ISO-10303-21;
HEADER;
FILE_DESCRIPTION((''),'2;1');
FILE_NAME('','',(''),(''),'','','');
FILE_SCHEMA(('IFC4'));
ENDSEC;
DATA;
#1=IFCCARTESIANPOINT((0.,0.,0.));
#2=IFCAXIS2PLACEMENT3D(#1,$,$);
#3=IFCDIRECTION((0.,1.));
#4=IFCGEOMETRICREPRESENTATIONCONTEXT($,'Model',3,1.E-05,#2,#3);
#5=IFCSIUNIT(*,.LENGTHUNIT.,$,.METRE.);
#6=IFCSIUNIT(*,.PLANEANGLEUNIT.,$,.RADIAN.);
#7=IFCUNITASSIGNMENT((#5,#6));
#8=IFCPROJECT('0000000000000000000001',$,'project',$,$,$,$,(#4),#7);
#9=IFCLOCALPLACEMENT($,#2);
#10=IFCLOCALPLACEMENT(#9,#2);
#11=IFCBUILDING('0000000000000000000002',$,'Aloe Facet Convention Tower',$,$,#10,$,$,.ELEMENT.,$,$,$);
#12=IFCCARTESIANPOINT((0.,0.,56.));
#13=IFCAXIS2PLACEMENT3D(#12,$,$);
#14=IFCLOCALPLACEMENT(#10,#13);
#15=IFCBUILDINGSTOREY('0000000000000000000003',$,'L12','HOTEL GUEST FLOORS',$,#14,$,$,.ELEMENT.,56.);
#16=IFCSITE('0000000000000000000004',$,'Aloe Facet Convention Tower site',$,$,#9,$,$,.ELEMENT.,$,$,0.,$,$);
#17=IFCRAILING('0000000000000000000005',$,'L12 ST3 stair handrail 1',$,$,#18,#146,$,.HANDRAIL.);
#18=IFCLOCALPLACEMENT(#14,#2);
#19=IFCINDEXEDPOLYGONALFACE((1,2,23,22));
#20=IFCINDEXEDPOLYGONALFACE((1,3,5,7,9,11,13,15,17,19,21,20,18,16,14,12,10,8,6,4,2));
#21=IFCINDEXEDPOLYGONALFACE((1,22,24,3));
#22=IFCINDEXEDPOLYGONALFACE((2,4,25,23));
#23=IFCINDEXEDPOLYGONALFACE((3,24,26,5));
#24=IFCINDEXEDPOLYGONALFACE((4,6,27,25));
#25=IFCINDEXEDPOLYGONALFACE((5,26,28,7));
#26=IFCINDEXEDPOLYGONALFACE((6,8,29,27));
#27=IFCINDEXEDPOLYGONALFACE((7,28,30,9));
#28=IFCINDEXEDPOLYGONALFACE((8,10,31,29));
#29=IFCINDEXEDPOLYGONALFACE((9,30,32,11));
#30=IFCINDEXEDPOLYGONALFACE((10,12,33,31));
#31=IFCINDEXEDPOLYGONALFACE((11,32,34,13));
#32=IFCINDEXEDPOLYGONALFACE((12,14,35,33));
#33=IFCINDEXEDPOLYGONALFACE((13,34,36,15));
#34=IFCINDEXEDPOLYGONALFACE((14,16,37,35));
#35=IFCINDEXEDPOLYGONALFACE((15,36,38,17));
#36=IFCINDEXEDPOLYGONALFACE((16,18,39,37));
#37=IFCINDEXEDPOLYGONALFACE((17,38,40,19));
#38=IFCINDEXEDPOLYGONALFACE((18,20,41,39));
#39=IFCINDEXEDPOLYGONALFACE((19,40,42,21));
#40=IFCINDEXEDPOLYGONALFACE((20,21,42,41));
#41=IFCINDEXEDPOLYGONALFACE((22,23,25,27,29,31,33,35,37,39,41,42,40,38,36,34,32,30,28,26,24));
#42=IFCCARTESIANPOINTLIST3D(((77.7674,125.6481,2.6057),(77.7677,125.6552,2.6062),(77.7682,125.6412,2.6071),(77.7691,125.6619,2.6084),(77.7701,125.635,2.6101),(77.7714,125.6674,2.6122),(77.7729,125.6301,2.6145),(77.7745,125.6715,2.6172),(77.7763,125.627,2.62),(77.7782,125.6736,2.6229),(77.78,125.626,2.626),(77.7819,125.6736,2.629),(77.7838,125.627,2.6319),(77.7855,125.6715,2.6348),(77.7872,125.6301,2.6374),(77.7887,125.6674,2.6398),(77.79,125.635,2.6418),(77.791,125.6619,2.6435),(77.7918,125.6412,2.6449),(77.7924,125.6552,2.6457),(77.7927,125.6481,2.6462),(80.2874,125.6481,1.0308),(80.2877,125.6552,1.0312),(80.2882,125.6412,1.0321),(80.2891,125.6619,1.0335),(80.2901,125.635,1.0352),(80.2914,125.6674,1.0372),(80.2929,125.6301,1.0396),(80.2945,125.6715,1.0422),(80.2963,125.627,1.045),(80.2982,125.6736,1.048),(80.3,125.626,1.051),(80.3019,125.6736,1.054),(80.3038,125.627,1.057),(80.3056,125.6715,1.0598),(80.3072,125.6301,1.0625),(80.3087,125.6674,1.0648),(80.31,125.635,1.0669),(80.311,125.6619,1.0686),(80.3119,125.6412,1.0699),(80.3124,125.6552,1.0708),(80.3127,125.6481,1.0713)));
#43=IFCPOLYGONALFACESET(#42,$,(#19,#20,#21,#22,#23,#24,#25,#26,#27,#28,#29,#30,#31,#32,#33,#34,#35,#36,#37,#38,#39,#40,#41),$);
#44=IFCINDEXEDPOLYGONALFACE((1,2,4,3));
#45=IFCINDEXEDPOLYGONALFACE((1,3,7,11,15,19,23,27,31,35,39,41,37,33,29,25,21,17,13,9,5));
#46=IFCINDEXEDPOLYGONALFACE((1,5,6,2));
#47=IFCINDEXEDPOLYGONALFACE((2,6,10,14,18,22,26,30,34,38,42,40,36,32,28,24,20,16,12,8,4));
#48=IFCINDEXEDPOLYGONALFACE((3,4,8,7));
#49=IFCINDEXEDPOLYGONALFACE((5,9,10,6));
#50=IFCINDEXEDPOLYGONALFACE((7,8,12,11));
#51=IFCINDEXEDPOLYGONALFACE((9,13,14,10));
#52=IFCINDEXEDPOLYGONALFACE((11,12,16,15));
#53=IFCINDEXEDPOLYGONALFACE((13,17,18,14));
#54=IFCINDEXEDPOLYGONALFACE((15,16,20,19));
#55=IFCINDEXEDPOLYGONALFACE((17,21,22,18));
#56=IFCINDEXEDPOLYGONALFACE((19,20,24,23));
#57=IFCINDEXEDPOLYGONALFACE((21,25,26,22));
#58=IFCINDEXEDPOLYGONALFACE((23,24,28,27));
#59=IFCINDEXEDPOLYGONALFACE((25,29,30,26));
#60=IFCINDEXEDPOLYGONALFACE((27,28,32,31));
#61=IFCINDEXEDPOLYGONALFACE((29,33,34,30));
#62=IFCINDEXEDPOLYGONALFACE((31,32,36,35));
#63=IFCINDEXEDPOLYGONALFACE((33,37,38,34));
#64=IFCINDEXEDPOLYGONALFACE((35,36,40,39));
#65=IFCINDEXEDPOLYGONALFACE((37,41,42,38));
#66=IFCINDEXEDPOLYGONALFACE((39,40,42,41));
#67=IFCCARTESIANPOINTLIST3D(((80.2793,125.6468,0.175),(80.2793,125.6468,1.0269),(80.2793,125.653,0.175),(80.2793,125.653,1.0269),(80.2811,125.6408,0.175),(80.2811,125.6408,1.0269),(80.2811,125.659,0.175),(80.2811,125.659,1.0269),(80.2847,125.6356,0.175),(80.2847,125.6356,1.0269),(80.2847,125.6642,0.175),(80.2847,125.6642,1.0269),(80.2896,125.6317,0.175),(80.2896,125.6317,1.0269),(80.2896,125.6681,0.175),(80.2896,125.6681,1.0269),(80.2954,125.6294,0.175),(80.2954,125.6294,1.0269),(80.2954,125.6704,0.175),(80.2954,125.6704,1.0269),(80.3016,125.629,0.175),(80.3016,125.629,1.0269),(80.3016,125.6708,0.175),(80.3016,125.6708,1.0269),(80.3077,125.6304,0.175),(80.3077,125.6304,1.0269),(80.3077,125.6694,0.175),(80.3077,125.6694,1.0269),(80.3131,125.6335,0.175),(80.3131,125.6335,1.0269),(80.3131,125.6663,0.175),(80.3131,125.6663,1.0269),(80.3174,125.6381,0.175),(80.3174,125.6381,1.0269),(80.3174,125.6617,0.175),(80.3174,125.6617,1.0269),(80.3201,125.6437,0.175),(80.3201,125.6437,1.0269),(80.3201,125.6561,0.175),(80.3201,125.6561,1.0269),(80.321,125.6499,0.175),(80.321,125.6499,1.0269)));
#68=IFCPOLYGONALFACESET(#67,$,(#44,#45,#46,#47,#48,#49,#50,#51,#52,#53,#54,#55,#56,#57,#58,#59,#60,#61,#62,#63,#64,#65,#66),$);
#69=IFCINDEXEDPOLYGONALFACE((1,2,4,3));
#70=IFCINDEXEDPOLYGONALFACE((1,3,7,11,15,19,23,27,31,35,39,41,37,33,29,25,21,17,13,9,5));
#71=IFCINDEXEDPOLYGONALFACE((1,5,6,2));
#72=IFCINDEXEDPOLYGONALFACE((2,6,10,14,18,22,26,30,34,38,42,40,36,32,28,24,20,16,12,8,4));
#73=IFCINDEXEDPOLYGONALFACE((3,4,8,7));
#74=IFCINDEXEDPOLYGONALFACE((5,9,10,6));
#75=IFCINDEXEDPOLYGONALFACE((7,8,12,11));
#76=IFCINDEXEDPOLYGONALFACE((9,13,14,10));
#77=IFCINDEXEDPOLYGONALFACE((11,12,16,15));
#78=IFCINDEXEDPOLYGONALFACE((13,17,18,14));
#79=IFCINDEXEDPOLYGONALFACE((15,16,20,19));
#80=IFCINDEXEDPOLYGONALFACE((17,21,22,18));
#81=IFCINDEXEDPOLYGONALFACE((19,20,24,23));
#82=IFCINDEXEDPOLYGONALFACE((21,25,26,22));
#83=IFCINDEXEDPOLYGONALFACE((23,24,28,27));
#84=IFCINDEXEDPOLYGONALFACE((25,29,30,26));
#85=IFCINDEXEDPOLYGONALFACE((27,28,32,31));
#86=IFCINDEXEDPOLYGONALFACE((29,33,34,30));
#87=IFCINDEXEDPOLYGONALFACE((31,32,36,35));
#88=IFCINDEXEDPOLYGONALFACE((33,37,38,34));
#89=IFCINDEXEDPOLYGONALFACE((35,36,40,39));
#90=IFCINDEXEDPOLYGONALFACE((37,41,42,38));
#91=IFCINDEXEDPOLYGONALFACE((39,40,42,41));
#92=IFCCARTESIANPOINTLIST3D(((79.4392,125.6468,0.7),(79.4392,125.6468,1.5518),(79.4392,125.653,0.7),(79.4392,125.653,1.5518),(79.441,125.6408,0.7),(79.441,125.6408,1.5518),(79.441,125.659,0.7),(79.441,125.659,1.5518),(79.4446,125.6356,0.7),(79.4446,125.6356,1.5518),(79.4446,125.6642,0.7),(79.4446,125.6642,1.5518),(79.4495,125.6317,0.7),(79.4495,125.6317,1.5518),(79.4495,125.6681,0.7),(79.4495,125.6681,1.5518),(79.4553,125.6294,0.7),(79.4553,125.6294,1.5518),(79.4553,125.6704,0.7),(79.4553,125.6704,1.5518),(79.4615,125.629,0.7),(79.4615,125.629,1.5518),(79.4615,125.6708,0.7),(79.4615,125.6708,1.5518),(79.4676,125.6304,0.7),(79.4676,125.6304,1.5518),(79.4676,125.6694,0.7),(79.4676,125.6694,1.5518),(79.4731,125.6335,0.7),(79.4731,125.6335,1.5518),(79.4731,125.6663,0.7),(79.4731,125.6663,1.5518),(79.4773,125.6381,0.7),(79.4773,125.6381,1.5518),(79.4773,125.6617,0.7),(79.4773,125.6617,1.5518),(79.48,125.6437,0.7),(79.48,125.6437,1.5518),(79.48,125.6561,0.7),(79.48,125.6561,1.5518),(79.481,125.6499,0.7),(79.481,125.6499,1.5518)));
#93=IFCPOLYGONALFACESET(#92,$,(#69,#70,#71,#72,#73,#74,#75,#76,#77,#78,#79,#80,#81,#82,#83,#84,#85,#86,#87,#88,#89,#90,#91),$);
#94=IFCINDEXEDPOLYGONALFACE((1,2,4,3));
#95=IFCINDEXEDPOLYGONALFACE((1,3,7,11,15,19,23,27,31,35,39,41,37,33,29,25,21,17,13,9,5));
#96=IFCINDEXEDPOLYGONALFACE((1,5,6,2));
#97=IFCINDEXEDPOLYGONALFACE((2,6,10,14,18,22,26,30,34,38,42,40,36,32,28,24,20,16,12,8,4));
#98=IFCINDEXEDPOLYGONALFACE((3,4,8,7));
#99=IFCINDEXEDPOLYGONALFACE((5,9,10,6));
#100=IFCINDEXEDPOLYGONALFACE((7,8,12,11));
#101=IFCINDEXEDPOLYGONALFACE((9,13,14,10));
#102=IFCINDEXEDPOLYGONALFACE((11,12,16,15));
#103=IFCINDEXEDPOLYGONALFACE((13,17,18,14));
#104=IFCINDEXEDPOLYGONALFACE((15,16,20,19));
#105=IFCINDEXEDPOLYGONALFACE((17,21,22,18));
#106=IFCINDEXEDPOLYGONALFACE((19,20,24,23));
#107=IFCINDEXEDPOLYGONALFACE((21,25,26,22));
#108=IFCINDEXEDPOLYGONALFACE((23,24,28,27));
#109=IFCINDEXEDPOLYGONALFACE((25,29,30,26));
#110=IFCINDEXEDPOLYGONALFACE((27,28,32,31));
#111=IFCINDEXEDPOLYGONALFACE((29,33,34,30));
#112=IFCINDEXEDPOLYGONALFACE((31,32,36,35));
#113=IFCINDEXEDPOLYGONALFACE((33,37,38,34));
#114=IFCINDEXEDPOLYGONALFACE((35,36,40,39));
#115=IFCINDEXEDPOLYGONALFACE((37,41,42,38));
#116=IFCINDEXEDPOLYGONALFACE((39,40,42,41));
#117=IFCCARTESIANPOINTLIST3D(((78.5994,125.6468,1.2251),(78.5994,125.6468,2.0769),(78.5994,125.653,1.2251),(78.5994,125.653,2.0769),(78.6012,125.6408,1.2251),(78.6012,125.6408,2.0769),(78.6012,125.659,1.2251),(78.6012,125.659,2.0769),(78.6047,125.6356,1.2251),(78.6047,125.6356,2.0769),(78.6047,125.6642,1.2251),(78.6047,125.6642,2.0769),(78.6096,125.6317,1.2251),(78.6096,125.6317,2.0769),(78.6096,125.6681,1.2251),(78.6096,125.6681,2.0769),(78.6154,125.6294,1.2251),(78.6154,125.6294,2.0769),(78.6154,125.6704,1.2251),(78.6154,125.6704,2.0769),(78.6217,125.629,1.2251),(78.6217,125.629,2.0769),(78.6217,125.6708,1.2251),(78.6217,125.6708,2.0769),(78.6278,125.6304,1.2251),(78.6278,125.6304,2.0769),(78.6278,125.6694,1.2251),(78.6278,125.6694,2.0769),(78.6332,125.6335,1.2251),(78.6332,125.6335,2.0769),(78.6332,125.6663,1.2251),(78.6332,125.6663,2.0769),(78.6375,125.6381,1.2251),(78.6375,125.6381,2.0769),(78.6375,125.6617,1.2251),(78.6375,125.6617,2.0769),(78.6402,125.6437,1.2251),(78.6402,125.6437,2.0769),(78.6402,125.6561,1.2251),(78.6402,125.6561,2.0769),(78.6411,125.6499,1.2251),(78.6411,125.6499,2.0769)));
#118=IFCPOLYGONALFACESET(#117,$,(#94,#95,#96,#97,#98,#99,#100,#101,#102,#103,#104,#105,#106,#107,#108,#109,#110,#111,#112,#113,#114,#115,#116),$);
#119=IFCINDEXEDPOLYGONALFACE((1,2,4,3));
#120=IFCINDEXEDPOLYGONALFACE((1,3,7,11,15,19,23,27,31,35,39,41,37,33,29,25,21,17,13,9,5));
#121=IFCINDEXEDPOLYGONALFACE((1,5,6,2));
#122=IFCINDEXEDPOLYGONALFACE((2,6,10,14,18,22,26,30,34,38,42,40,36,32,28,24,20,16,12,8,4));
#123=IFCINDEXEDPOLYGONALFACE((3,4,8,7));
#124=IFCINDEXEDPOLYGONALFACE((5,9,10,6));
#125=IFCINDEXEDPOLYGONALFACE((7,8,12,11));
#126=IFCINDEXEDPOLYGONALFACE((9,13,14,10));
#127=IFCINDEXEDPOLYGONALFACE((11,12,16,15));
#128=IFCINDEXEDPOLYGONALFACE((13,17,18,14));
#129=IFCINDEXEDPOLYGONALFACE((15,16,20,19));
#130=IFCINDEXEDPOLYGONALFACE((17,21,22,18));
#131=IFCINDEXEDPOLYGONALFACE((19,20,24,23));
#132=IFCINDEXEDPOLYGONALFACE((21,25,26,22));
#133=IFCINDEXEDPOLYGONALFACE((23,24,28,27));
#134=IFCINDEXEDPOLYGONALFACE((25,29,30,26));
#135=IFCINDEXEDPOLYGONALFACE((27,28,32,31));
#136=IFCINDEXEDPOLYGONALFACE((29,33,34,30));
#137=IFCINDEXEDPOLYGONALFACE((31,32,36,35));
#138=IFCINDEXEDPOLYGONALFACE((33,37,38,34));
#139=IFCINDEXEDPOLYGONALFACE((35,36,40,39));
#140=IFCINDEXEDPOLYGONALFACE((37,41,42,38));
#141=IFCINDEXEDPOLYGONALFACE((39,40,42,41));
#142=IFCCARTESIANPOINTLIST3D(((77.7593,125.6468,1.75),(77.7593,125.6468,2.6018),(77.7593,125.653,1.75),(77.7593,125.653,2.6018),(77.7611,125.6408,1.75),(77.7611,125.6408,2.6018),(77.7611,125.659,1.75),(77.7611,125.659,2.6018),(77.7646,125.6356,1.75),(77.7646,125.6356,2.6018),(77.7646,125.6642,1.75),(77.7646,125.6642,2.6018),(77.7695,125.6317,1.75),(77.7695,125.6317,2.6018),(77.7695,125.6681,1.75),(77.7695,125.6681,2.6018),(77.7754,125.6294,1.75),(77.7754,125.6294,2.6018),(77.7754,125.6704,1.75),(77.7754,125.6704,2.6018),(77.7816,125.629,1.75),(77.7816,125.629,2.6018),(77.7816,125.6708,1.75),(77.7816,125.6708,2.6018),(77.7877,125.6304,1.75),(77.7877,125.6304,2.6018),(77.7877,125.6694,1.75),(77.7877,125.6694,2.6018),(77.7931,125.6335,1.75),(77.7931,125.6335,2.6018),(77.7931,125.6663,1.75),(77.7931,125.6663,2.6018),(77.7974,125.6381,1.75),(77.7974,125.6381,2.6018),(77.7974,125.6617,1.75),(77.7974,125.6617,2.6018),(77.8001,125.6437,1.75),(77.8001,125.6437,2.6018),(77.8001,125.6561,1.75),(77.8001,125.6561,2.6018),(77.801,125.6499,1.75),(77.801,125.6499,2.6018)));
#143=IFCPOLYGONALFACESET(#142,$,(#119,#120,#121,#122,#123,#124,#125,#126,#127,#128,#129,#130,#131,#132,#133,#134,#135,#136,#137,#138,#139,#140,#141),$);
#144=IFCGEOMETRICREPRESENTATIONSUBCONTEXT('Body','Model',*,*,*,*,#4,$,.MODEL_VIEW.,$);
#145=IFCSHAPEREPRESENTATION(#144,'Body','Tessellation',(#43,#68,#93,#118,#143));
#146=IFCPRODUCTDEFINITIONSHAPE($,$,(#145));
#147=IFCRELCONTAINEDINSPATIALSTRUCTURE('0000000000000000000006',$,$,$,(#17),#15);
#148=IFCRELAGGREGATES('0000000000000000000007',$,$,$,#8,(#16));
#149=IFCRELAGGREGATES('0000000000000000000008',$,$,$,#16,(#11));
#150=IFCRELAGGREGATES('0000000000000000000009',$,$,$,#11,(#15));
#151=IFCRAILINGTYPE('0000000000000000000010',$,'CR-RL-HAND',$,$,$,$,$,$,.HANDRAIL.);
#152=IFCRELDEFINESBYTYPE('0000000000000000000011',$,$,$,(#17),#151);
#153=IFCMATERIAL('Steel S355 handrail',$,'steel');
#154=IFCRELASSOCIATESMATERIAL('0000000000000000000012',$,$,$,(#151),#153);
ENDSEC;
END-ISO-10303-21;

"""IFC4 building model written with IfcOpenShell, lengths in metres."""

from ifc_helpers import new_model, si_unit, direction, frame, origin, origin_2d, place, context, subcontext, project, spatial, circle, extrude, material, type_object, element, save


model = new_model("IFC4")

# Units and contexts
model_context = context("Model", 3, precision=1e-05, world=origin(), true_north=direction((0.0, 1.0)))
body_context = subcontext(model_context, "Body", "Model", "MODEL_VIEW")
ifc_project = project(units=[si_unit("LENGTHUNIT", "METRE"), si_unit("PLANEANGLEUNIT", "RADIAN")], contexts=[model_context])

# Site, building, storey
site_placement = place(None, origin())
site = spatial("IfcSite", under=ifc_project, at=site_placement, Name="Aloe Facet Convention Tower site", CompositionType="ELEMENT", RefElevation=0.0)
building_placement = place(site_placement, origin())
building = spatial("IfcBuilding", under=site, at=building_placement, Name="Aloe Facet Convention Tower", CompositionType="ELEMENT")
storey_placement = place(building_placement, frame((0.0, 0.0, 56.0)))
storey = spatial("IfcBuildingStorey", under=building, at=storey_placement, Name="L12", Description="HOTEL GUEST FLOORS", CompositionType="ELEMENT", Elevation=56.0)

# Railing
ifc_material_1 = material(Name="Steel S355 handrail", Category="steel")
railing_type_1 = type_object("IfcRailingType", Name="CR-RL-HAND", PredefinedType="HANDRAIL", material=ifc_material_1)
railing_1_placement = place(storey_placement, frame((80.3, 125.6499, 0.175)))
element("IfcRailing", 1, at=railing_1_placement, inside=storey, type_object=railing_type_1, Name="L12 ST3 stair handrail 1", PredefinedType="HANDRAIL", context=body_context, shape_type="SweptSolid", body=[
    extrude(circle(Radius=0.0239, at=origin_2d()), frame((0.0, 0.0, 0.876), z_axis=(-0.848008, 0.0, 0.529984), x_axis=(0.0, -1.0, 0.0)), (0.0, 0.0, 1.0), 2.9717),
    extrude(circle(Radius=0.021, at=origin_2d()), origin(), (0.0, 0.0, 1.0), 0.8518),
    extrude(circle(Radius=0.021, at=origin_2d()), frame((-0.8401, 0.0, 0.5249)), (0.0, 0.0, 1.0), 0.8518),
    extrude(circle(Radius=0.021, at=origin_2d()), frame((-1.6799, 0.0, 1.05)), (0.0, 0.0, 1.0), 0.8518),
    extrude(circle(Radius=0.021, at=origin_2d()), frame((-2.52, 0.0, 1.575)), (0.0, 0.0, 1.0), 0.8518),
])

save(model, "model.ifc")
